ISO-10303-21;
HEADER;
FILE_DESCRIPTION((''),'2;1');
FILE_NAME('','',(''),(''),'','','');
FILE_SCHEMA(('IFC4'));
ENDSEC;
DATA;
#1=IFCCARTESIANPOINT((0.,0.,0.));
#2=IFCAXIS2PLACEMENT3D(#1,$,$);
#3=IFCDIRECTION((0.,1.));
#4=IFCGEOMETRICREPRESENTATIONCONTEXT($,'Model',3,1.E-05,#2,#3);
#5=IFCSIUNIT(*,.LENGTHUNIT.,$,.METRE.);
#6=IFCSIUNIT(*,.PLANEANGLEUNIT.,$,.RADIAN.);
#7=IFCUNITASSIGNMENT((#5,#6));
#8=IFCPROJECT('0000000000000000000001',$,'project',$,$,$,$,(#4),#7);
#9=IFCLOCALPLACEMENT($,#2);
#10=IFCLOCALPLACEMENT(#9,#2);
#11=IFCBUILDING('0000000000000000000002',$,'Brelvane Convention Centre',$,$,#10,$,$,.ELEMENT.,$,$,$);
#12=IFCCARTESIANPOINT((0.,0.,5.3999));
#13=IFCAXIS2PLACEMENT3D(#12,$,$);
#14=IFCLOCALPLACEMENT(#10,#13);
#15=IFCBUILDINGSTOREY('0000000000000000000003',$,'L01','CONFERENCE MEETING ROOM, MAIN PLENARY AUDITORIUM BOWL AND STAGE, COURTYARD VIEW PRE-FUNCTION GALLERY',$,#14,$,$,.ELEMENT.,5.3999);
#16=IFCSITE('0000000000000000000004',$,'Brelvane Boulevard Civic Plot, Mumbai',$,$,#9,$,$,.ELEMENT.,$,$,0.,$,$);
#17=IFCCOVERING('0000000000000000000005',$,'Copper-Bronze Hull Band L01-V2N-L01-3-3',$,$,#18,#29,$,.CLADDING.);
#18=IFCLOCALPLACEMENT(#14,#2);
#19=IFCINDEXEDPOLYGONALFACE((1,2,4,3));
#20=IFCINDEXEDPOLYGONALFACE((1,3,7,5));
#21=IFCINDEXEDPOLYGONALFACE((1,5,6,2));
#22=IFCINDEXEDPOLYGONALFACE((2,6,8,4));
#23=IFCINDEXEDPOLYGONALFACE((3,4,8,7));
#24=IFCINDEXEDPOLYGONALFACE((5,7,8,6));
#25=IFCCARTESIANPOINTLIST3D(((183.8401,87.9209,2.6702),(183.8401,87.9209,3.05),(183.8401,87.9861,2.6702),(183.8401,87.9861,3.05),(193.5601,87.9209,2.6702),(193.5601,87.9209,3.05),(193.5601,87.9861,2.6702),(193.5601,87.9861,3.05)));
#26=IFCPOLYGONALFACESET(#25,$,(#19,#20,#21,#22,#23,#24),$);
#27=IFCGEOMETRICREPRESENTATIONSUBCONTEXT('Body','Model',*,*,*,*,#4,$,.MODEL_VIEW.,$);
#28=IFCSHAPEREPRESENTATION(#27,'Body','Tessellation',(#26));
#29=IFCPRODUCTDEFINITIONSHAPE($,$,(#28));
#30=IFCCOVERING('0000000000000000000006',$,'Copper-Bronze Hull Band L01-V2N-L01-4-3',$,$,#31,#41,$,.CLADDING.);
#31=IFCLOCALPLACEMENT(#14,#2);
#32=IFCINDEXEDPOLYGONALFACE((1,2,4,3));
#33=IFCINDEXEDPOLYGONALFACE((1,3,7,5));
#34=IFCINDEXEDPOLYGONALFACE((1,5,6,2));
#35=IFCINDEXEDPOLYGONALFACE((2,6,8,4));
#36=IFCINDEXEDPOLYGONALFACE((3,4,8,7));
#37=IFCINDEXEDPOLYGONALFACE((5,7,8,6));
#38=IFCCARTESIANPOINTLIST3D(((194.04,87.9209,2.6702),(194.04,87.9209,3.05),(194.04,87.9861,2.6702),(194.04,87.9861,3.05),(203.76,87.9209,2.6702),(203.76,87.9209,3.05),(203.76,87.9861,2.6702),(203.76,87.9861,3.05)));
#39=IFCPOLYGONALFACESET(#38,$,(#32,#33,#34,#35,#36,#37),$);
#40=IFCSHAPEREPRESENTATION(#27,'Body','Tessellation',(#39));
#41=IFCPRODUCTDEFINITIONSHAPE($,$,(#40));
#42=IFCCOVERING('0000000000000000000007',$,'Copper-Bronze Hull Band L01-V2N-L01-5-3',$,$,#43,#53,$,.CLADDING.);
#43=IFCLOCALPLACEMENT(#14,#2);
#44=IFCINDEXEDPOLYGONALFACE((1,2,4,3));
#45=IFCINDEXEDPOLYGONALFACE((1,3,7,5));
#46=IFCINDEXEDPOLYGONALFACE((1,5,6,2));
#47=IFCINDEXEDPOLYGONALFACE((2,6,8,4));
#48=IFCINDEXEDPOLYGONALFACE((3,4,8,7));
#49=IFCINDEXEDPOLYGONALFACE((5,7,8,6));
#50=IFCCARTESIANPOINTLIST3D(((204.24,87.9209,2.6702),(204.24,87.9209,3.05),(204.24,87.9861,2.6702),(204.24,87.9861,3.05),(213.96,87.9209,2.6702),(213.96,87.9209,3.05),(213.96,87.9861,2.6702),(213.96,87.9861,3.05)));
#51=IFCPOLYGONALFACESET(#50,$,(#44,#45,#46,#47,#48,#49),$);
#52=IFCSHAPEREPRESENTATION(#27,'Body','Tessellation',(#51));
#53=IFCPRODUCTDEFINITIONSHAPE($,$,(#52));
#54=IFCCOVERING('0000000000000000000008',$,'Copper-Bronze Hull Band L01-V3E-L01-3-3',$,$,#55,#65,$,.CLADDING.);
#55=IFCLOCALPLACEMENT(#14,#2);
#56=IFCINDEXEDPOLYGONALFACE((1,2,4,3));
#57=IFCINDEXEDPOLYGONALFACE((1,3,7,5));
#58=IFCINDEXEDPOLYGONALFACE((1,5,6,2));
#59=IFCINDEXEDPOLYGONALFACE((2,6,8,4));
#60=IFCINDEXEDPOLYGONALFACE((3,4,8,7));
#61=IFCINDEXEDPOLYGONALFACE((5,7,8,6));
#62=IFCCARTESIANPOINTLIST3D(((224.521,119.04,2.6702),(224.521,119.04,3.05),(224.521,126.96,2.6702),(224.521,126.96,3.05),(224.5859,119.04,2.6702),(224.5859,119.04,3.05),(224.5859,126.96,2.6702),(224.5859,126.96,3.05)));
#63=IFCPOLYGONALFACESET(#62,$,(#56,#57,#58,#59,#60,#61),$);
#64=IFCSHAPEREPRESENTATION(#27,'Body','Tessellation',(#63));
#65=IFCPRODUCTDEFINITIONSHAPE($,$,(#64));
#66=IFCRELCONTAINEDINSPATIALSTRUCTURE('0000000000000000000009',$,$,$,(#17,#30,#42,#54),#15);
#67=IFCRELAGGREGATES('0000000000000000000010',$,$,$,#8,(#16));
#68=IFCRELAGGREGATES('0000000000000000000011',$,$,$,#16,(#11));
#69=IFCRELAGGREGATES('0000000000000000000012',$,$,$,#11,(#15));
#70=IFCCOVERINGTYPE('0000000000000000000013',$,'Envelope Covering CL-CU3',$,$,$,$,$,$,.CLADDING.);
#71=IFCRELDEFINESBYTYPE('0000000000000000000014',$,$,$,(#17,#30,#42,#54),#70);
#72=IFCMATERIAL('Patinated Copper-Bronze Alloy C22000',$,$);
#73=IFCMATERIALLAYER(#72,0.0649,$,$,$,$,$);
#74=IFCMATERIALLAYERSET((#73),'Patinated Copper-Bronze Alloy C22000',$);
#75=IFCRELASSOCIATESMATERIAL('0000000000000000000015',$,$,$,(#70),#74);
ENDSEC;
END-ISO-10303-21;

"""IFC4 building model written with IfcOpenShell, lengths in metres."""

from ifc_helpers import new_model, si_unit, direction, frame, origin, place, context, subcontext, project, spatial, polyline, outline, extrude, material, layer, layer_set, type_object, element, save


model = new_model("IFC4")

# Units and contexts
model_context = context("Model", 3, precision=1e-05, world=origin(), true_north=direction((0.0, 1.0)))
body_context = subcontext(model_context, "Body", "Model", "MODEL_VIEW")
ifc_project = project(units=[si_unit("LENGTHUNIT", "METRE"), si_unit("PLANEANGLEUNIT", "RADIAN")], contexts=[model_context])

# Site, building, storey
site_placement = place(None, origin())
site = spatial("IfcSite", under=ifc_project, at=site_placement, Name="Brelvane Boulevard Civic Plot, Mumbai", CompositionType="ELEMENT", RefElevation=0.0)
building_placement = place(site_placement, origin())
building = spatial("IfcBuilding", under=site, at=building_placement, Name="Brelvane Convention Centre", CompositionType="ELEMENT")
storey_placement = place(building_placement, frame((0.0, 0.0, 5.3999)))
storey = spatial("IfcBuildingStorey", under=building, at=storey_placement, Name="L01", Description="CONFERENCE MEETING ROOM, MAIN PLENARY AUDITORIUM BOWL AND STAGE, COURTYARD VIEW PRE-FUNCTION GALLERY", CompositionType="ELEMENT", Elevation=5.3999)

# Coverings
ifc_material_1 = material(Name="Patinated Copper-Bronze Alloy C22000")
ifc_layer_1 = layer(ifc_material_1, 0.0649)
ifc_layer_set_1 = layer_set([ifc_layer_1], Name="Patinated Copper-Bronze Alloy C22000")
covering_type_1 = type_object("IfcCoveringType", Name="Envelope Covering CL-CU3", PredefinedType="CLADDING", material=ifc_layer_set_1)
covering_1_placement = place(storey_placement, frame((0.0, 0.0, 2.6702)))
element("IfcCovering", 1, at=covering_1_placement, inside=storey, type_object=covering_type_1, Name="Copper-Bronze Hull Band L01-V2N-L01-3-3", PredefinedType="CLADDING", context=body_context, shape_type="SweptSolid", body=[
    extrude(outline(polyline([(183.8401, 87.9209), (193.5601, 87.9209), (193.5601, 87.9861), (183.8401, 87.9861), (183.8401, 87.9209)])), origin(), (0.0, 0.0, 1.0), 0.3799),
])
covering_2_placement = place(storey_placement, frame((0.0, 0.0, 2.6702)))
element("IfcCovering", 2, at=covering_2_placement, inside=storey, type_object=covering_type_1, Name="Copper-Bronze Hull Band L01-V2N-L01-4-3", PredefinedType="CLADDING", context=body_context, shape_type="SweptSolid", body=[
    extrude(outline(polyline([(194.04, 87.9209), (203.76, 87.9209), (203.76, 87.9861), (194.04, 87.9861), (194.04, 87.9209)])), origin(), (0.0, 0.0, 1.0), 0.3799),
])
covering_3_placement = place(storey_placement, frame((0.0, 0.0, 2.6702)))
element("IfcCovering", 3, at=covering_3_placement, inside=storey, type_object=covering_type_1, Name="Copper-Bronze Hull Band L01-V2N-L01-5-3", PredefinedType="CLADDING", context=body_context, shape_type="SweptSolid", body=[
    extrude(outline(polyline([(204.24, 87.9209), (213.96, 87.9209), (213.96, 87.9861), (204.24, 87.9861), (204.24, 87.9209)])), origin(), (0.0, 0.0, 1.0), 0.3799),
])
covering_4_placement = place(storey_placement, frame((0.0, 0.0, 2.6702)))
element("IfcCovering", 4, at=covering_4_placement, inside=storey, type_object=covering_type_1, Name="Copper-Bronze Hull Band L01-V3E-L01-3-3", PredefinedType="CLADDING", context=body_context, shape_type="SweptSolid", body=[
    extrude(outline(polyline([(224.5859, 119.04), (224.5859, 126.96), (224.521, 126.96), (224.521, 119.04), (224.5859, 119.04)])), origin(), (0.0, 0.0, 1.0), 0.3799),
])

save(model, "model.ifc")
